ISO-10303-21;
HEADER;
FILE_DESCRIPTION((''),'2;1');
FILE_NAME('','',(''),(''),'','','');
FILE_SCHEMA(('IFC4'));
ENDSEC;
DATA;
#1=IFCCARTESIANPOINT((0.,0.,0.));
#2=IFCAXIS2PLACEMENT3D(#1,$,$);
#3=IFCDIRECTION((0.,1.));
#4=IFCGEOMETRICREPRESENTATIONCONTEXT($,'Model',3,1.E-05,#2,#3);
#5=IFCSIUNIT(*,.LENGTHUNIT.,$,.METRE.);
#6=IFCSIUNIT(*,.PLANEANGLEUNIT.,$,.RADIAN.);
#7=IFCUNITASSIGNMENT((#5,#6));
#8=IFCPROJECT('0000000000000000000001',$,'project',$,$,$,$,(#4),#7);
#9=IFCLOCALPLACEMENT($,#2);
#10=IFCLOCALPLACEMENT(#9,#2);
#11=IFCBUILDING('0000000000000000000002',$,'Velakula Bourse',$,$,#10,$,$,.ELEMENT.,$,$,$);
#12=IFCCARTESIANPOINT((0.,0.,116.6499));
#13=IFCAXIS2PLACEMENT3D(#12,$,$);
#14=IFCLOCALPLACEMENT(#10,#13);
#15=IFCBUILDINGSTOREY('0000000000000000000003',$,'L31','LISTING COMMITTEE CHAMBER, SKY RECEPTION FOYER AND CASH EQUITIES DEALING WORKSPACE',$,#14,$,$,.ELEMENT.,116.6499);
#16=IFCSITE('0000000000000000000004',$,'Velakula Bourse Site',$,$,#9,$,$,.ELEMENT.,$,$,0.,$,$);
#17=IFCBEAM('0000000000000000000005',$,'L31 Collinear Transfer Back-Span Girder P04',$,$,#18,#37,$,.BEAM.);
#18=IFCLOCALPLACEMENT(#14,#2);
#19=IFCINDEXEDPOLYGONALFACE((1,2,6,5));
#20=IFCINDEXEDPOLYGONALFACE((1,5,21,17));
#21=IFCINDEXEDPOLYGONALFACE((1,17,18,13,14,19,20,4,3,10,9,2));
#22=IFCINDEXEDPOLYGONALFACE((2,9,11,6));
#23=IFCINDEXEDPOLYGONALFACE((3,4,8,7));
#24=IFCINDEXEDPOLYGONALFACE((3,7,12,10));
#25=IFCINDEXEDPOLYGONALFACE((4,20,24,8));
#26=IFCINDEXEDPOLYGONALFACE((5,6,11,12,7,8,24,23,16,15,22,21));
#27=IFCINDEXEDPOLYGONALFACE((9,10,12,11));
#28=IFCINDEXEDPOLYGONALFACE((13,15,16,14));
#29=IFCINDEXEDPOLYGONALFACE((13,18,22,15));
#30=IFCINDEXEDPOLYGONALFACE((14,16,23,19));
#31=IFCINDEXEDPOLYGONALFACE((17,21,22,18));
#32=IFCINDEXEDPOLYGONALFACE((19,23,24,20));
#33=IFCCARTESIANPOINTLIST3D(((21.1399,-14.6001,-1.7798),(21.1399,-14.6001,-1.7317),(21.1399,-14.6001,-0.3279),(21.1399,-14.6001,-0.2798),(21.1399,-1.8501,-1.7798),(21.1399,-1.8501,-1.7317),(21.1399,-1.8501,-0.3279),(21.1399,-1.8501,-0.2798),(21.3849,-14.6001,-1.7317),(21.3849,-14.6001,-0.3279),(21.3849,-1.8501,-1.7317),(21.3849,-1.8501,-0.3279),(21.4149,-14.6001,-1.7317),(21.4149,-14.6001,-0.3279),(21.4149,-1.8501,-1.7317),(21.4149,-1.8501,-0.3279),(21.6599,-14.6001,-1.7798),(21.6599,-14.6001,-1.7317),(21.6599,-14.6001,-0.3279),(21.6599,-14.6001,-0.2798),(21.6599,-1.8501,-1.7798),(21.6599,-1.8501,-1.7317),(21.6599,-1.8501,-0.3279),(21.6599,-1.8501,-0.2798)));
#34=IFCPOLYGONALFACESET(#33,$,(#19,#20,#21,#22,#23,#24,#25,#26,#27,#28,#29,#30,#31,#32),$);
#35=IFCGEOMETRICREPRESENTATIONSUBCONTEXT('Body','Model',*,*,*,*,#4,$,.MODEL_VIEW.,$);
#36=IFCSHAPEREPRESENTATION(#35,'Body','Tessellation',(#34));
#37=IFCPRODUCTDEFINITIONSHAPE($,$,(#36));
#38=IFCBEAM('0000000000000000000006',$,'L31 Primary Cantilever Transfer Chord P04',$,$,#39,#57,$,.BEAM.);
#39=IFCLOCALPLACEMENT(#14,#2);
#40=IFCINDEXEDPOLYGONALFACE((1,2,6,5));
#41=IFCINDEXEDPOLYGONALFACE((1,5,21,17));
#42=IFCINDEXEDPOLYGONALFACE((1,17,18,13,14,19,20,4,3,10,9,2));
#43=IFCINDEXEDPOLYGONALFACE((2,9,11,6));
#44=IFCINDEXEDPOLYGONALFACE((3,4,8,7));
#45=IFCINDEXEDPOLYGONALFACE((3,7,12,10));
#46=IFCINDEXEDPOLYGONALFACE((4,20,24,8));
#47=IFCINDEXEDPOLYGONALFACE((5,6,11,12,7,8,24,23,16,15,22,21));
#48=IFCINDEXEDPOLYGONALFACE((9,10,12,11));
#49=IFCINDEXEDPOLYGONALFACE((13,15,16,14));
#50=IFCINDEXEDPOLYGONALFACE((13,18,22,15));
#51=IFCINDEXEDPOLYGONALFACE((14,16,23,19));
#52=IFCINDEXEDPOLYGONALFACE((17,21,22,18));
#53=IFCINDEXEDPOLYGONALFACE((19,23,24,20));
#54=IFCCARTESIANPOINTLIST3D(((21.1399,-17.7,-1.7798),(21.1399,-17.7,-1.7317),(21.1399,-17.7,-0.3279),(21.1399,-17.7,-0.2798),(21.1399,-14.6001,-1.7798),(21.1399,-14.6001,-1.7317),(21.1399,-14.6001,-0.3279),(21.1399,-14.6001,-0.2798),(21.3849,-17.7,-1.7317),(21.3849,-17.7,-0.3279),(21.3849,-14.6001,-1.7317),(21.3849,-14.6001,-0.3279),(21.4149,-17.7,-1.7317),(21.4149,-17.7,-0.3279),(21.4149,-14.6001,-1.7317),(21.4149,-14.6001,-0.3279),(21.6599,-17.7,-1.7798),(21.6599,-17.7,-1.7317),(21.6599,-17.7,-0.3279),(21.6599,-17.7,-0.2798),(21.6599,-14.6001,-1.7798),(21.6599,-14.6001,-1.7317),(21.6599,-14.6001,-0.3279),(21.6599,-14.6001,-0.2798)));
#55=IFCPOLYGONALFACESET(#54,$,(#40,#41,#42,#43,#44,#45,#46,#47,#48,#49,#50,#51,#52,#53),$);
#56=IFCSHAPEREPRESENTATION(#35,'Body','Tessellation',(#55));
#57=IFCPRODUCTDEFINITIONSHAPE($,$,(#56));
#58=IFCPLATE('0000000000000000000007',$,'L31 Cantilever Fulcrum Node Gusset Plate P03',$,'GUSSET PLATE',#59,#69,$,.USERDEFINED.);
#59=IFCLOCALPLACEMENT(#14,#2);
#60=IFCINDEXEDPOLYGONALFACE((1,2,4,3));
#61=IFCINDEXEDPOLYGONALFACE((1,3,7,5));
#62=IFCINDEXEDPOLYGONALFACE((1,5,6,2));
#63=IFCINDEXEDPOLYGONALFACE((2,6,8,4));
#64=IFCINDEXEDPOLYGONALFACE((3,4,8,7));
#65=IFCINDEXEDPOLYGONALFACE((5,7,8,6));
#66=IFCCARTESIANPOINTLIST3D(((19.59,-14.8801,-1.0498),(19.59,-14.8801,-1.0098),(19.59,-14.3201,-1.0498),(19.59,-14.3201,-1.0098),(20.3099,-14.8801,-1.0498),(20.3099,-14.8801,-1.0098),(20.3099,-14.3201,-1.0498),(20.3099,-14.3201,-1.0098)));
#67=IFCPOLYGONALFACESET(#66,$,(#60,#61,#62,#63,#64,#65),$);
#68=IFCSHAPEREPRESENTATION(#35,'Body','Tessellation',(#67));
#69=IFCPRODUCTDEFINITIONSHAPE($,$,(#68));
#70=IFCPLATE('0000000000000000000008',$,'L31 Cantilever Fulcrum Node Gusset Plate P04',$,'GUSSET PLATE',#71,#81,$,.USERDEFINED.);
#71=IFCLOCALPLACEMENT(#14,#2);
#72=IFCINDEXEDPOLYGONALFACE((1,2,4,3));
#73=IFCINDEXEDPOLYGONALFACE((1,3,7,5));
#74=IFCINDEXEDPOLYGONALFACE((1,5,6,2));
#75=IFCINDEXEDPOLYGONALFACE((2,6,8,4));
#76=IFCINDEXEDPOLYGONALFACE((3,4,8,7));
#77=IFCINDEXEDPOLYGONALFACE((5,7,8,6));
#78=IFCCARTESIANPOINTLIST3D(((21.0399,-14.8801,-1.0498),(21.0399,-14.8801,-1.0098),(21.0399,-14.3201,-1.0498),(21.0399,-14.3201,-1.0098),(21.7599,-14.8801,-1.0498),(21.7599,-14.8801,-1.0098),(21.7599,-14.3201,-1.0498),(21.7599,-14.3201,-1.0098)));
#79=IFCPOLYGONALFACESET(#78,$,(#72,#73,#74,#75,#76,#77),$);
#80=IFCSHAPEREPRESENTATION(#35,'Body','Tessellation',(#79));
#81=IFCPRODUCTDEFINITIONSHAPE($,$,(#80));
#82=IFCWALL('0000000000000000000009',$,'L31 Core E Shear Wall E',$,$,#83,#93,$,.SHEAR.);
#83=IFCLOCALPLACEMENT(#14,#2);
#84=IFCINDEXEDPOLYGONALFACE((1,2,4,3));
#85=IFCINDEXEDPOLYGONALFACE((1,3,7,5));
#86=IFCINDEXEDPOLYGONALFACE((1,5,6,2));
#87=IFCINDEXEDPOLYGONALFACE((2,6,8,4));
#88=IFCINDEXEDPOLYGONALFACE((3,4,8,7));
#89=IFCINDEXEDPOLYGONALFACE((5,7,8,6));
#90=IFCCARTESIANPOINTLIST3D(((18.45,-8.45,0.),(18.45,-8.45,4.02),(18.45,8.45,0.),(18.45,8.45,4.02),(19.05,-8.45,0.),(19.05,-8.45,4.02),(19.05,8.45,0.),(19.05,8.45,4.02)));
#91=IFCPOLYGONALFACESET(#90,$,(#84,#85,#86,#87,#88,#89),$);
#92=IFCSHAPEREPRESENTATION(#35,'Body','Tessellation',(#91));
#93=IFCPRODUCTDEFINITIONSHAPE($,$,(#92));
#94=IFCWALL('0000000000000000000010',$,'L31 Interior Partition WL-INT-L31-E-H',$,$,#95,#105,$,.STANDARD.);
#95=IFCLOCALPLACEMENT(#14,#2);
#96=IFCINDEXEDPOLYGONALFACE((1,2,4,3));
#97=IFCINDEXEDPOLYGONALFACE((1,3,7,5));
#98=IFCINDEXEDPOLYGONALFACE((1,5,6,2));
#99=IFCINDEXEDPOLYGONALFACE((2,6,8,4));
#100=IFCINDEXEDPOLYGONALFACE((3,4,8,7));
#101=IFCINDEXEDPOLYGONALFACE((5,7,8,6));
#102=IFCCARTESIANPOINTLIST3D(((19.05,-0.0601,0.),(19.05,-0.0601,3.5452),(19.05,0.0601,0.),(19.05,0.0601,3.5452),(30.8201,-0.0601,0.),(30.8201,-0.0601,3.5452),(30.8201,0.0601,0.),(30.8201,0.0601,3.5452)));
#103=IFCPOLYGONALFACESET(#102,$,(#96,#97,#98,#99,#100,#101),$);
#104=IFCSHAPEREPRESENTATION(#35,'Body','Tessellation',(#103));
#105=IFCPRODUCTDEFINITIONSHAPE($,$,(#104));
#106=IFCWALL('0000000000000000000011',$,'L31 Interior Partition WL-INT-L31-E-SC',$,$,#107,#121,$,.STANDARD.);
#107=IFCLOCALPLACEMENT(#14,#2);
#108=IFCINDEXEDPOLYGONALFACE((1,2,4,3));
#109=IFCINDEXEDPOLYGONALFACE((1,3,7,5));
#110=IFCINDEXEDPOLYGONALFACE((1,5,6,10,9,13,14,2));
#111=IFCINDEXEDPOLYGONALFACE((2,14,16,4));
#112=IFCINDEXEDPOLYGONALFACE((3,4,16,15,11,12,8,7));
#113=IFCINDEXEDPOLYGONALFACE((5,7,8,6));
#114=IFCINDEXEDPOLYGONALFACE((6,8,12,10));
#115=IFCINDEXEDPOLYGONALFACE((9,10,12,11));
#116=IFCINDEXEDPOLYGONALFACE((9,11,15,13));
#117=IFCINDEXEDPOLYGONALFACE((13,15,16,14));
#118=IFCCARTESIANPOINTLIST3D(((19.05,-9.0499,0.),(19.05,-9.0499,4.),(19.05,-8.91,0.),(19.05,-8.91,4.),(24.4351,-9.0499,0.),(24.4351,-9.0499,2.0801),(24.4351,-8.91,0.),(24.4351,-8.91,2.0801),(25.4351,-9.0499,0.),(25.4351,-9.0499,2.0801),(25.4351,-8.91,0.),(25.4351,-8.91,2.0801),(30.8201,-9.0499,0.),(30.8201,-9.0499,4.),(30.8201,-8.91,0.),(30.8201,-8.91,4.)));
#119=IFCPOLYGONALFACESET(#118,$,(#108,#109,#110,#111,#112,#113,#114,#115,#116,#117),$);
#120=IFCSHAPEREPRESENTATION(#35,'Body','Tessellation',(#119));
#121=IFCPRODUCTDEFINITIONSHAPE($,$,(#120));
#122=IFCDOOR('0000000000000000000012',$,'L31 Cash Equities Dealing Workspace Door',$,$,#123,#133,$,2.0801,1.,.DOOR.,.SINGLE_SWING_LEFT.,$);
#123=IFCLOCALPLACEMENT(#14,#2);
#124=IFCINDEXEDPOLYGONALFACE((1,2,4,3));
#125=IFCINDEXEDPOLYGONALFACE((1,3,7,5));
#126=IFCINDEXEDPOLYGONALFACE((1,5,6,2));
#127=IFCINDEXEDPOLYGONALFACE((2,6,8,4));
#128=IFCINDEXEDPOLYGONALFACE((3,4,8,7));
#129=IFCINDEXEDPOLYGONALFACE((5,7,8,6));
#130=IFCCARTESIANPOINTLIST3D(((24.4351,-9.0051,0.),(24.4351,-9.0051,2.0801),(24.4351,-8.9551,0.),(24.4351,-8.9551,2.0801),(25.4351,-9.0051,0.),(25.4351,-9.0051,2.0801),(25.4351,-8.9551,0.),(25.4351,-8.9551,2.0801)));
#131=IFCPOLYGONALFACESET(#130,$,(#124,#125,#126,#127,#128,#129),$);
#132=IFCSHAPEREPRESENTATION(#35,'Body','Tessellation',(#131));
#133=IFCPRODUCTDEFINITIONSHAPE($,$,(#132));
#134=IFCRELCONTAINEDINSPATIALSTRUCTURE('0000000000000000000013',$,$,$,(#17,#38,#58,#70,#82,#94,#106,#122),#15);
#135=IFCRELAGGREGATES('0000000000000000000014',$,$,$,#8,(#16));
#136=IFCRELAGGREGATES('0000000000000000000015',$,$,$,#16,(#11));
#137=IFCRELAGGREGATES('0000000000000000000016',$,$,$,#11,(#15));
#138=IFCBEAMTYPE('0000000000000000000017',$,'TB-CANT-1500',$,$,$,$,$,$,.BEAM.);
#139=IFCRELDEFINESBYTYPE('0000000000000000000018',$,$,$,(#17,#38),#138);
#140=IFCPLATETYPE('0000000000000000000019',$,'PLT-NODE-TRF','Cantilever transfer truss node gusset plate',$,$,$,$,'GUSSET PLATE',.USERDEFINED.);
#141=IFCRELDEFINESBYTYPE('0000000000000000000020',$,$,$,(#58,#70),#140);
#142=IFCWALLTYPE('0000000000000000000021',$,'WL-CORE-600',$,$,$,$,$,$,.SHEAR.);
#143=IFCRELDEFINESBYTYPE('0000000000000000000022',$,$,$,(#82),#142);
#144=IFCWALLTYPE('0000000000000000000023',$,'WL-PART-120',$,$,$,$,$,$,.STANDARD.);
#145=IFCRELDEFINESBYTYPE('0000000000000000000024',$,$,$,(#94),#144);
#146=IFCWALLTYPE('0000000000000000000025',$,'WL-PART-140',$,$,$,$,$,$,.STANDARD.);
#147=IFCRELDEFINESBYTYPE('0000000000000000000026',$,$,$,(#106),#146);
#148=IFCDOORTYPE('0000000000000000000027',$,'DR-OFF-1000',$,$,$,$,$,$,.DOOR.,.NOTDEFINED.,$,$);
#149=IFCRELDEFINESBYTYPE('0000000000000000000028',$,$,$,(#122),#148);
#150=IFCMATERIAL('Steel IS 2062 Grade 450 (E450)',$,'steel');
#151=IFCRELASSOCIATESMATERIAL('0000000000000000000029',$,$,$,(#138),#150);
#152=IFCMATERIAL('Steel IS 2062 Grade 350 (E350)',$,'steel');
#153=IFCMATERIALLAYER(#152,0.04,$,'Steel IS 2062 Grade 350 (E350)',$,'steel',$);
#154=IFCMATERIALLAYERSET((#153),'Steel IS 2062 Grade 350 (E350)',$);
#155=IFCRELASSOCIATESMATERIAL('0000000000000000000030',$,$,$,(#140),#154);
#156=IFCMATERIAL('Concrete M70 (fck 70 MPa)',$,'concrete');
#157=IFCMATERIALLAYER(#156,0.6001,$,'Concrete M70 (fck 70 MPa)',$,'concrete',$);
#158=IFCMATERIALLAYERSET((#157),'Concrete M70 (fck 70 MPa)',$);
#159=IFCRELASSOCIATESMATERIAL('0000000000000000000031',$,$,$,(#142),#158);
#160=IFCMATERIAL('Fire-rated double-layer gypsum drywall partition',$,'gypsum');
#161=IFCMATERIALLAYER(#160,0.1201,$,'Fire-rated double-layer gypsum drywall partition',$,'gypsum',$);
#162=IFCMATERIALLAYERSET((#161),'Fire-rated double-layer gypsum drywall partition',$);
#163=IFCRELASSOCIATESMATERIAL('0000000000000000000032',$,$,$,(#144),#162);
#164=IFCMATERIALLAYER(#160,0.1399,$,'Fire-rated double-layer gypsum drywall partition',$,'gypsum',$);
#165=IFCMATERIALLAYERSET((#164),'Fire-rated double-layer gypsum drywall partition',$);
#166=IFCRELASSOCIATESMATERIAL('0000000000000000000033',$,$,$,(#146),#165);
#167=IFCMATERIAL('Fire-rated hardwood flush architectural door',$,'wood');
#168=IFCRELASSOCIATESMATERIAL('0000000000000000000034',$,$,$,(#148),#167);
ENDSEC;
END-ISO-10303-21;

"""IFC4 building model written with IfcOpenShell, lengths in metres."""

from ifc_helpers import new_model, si_unit, direction, frame, frame_2d, origin, origin_2d, place, context, subcontext, project, spatial, rectangle, i_section, extrude, material, layer, layer_set, material_profile, profile_set, type_object, element, fill, save


model = new_model("IFC4")

# Units and contexts
model_context = context("Model", 3, precision=1e-05, world=origin(), true_north=direction((0.0, 1.0)))
body_context = subcontext(model_context, "Body", "Model", "MODEL_VIEW")
ifc_project = project(units=[si_unit("LENGTHUNIT", "METRE"), si_unit("PLANEANGLEUNIT", "RADIAN")], contexts=[model_context])

# Site, building, storey
site_placement = place(None, origin())
site = spatial("IfcSite", under=ifc_project, at=site_placement, Name="Velakula Bourse Site", CompositionType="ELEMENT", RefElevation=0.0)
building_placement = place(site_placement, origin())
building = spatial("IfcBuilding", under=site, at=building_placement, Name="Velakula Bourse", CompositionType="ELEMENT")
storey_placement = place(building_placement, frame((0.0, 0.0, 116.6499)))
storey = spatial("IfcBuildingStorey", under=building, at=storey_placement, Name="L31", Description="LISTING COMMITTEE CHAMBER, SKY RECEPTION FOYER AND CASH EQUITIES DEALING WORKSPACE", CompositionType="ELEMENT", Elevation=116.6499)

# Shared definitions
ifc_material_1 = material(Name="Concrete M70 (fck 70 MPa)", Category="concrete")
ifc_material_2 = material(Name="Steel IS 2062 Grade 350 (E350)", Category="steel")

# Beams
ifc_material_3 = material(Name="Steel IS 2062 Grade 450 (E450)", Category="steel")
ifc_material_profile_1 = material_profile(ifc_material_3, i_section(OverallWidth=0.52, OverallDepth=1.5, WebThickness=0.03, FlangeThickness=0.0481, at=origin_2d()), Name="Steel IS 2062 Grade 450 (E450)")
ifc_profile_set_1 = profile_set([ifc_material_profile_1], Name="Steel IS 2062 Grade 450 (E450)")
beam_type_1 = type_object("IfcBeamType", Name="TB-CANT-1500", PredefinedType="BEAM", material=ifc_profile_set_1)
beam_1_placement = place(storey_placement, frame((21.3999, -1.8501, -1.0298), z_axis=(0.0, -1.0, 0.0), x_axis=(1.0, 0.0, 0.0)))
element("IfcBeam", 1, at=beam_1_placement, inside=storey, type_object=beam_type_1, Name="L31 Collinear Transfer Back-Span Girder P04", PredefinedType="BEAM", context=body_context, shape_type="SweptSolid", body=[
    extrude(i_section(OverallWidth=0.52, OverallDepth=1.5, WebThickness=0.03, FlangeThickness=0.0481, at=origin_2d()), origin(), (0.0, 0.0, 1.0), 12.75),
])
beam_2_placement = place(storey_placement, frame((21.3999, -14.6001, -1.0298), z_axis=(0.0, -1.0, 0.0), x_axis=(1.0, 0.0, 0.0)))
element("IfcBeam", 2, at=beam_2_placement, inside=storey, type_object=beam_type_1, Name="L31 Primary Cantilever Transfer Chord P04", PredefinedType="BEAM", context=body_context, shape_type="SweptSolid", body=[
    extrude(i_section(OverallWidth=0.52, OverallDepth=1.5, WebThickness=0.03, FlangeThickness=0.0481, at=origin_2d()), origin(), (0.0, 0.0, 1.0), 3.0999),
])

# Plates
ifc_layer_1 = layer(ifc_material_2, 0.04, Name="Steel IS 2062 Grade 350 (E350)", Category="steel")
ifc_layer_set_1 = layer_set([ifc_layer_1], Name="Steel IS 2062 Grade 350 (E350)")
plate_type = type_object("IfcPlateType", Name="PLT-NODE-TRF", Description="Cantilever transfer truss node gusset plate", ElementType="GUSSET PLATE", PredefinedType="USERDEFINED", material=ifc_layer_set_1)
for number, where, z_axis, x_axis, name in (
    (3, (19.95, -14.6001, -1.0498), (0.0, 0.0, 1.0), (0.0, 1.0, 0.0), "L31 Cantilever Fulcrum Node Gusset Plate P03"),
    (4, (21.3999, -14.6001, -1.0498), (0.0, 0.0, 1.0), (0.0, 1.0, 0.0), "L31 Cantilever Fulcrum Node Gusset Plate P04"),
):
    element("IfcPlate", number, at=place(storey_placement, frame(where, z_axis=z_axis, x_axis=x_axis)), inside=storey, type_object=plate_type, Name=name, ObjectType="GUSSET PLATE", PredefinedType="USERDEFINED", context=body_context, shape_type="SweptSolid", body=[
        extrude(rectangle(XDim=0.5601, YDim=0.72, at=origin_2d()), origin(), (0.0, 0.0, 1.0), 0.04),
    ])

# Walls
ifc_layer_2 = layer(ifc_material_1, 0.6001, Name="Concrete M70 (fck 70 MPa)", Category="concrete")
ifc_layer_set_2 = layer_set([ifc_layer_2], Name="Concrete M70 (fck 70 MPa)")
wall_type_1 = type_object("IfcWallType", Name="WL-CORE-600", PredefinedType="SHEAR", material=ifc_layer_set_2)
wall_1_placement = place(storey_placement, frame((18.75, -8.45, 0.0), z_axis=(0.0, 0.0, 1.0), x_axis=(0.0, 1.0, 0.0)))
element("IfcWall", 5, at=wall_1_placement, inside=storey, type_object=wall_type_1, Name="L31 Core E Shear Wall E", PredefinedType="SHEAR", context=body_context, shape_type="SweptSolid", body=[
    extrude(rectangle(XDim=16.8999, YDim=0.6001, at=frame_2d((8.45, 0.0))), origin(), (0.0, 0.0, 1.0), 4.02),
])
ifc_material_4 = material(Name="Fire-rated double-layer gypsum drywall partition", Category="gypsum")
ifc_layer_3 = layer(ifc_material_4, 0.1201, Name="Fire-rated double-layer gypsum drywall partition", Category="gypsum")
ifc_layer_set_3 = layer_set([ifc_layer_3], Name="Fire-rated double-layer gypsum drywall partition")
wall_type_2 = type_object("IfcWallType", Name="WL-PART-120", PredefinedType="STANDARD", material=ifc_layer_set_3)
wall_2_placement = place(storey_placement, frame((19.05, 0.0, 0.0), z_axis=(0.0, 0.0, 1.0), x_axis=(1.0, 0.0, 0.0)))
element("IfcWall", 6, at=wall_2_placement, inside=storey, type_object=wall_type_2, Name="L31 Interior Partition WL-INT-L31-E-H", PredefinedType="STANDARD", context=body_context, shape_type="SweptSolid", body=[
    extrude(rectangle(XDim=11.77, YDim=0.1201, at=frame_2d((5.885, 0.0))), origin(), (0.0, 0.0, 1.0), 3.5452),
])

# Wall, opening, door
ifc_layer_4 = layer(ifc_material_4, 0.1399, Name="Fire-rated double-layer gypsum drywall partition", Category="gypsum")
ifc_layer_set_4 = layer_set([ifc_layer_4], Name="Fire-rated double-layer gypsum drywall partition")
wall_type_3 = type_object("IfcWallType", Name="WL-PART-140", PredefinedType="STANDARD", material=ifc_layer_set_4)
wall_3_placement = place(storey_placement, frame((19.05, -8.98, 0.0), z_axis=(0.0, 0.0, 1.0), x_axis=(1.0, 0.0, 0.0)))
wall_3 = element("IfcWall", 7, at=wall_3_placement, inside=storey, type_object=wall_type_3, Name="L31 Interior Partition WL-INT-L31-E-SC", PredefinedType="STANDARD", context=body_context, shape_type="SweptSolid", body=[
    extrude(rectangle(XDim=11.77, YDim=0.1399, at=frame_2d((5.885, 0.0))), origin(), (0.0, 0.0, 1.0), 4.0),
])
opening_placement = place(wall_3_placement, frame((5.385, 0.0, 0.0)))
opening = element("IfcOpeningElement", 8, at=opening_placement, cuts=wall_3, PredefinedType="OPENING", context=body_context, shape_type="SweptSolid", body=[
    extrude(rectangle(XDim=1.0, YDim=2.0801, at=frame_2d((0.5, 1.04))), frame((0.0, 0.0798, 0.0), z_axis=(0.0, -1.0, 0.0), x_axis=(1.0, 0.0, 0.0)), (0.0, 0.0, 1.0), 0.1599),
])
ifc_material_5 = material(Name="Fire-rated hardwood flush architectural door", Category="wood")
door_type = type_object("IfcDoorType", Name="DR-OFF-1000", OperationType="NOTDEFINED", PredefinedType="DOOR", material=ifc_material_5)
door_placement = place(opening_placement, origin())
door = element("IfcDoor", 9, at=door_placement, inside=storey, type_object=door_type, Name="L31 Cash Equities Dealing Workspace Door", OperationType="SINGLE_SWING_LEFT", OverallHeight=2.0801, OverallWidth=1.0, PredefinedType="DOOR", context=body_context, shape_type="SweptSolid", body=[
    extrude(rectangle(XDim=1.0, YDim=2.0801, at=frame_2d((0.5, 1.04))), frame((0.0, 0.0249, 0.0), z_axis=(0.0, -1.0, 0.0), x_axis=(1.0, 0.0, 0.0)), (0.0, 0.0, 1.0), 0.05),
])
fill(opening, door)

save(model, "model.ifc")
